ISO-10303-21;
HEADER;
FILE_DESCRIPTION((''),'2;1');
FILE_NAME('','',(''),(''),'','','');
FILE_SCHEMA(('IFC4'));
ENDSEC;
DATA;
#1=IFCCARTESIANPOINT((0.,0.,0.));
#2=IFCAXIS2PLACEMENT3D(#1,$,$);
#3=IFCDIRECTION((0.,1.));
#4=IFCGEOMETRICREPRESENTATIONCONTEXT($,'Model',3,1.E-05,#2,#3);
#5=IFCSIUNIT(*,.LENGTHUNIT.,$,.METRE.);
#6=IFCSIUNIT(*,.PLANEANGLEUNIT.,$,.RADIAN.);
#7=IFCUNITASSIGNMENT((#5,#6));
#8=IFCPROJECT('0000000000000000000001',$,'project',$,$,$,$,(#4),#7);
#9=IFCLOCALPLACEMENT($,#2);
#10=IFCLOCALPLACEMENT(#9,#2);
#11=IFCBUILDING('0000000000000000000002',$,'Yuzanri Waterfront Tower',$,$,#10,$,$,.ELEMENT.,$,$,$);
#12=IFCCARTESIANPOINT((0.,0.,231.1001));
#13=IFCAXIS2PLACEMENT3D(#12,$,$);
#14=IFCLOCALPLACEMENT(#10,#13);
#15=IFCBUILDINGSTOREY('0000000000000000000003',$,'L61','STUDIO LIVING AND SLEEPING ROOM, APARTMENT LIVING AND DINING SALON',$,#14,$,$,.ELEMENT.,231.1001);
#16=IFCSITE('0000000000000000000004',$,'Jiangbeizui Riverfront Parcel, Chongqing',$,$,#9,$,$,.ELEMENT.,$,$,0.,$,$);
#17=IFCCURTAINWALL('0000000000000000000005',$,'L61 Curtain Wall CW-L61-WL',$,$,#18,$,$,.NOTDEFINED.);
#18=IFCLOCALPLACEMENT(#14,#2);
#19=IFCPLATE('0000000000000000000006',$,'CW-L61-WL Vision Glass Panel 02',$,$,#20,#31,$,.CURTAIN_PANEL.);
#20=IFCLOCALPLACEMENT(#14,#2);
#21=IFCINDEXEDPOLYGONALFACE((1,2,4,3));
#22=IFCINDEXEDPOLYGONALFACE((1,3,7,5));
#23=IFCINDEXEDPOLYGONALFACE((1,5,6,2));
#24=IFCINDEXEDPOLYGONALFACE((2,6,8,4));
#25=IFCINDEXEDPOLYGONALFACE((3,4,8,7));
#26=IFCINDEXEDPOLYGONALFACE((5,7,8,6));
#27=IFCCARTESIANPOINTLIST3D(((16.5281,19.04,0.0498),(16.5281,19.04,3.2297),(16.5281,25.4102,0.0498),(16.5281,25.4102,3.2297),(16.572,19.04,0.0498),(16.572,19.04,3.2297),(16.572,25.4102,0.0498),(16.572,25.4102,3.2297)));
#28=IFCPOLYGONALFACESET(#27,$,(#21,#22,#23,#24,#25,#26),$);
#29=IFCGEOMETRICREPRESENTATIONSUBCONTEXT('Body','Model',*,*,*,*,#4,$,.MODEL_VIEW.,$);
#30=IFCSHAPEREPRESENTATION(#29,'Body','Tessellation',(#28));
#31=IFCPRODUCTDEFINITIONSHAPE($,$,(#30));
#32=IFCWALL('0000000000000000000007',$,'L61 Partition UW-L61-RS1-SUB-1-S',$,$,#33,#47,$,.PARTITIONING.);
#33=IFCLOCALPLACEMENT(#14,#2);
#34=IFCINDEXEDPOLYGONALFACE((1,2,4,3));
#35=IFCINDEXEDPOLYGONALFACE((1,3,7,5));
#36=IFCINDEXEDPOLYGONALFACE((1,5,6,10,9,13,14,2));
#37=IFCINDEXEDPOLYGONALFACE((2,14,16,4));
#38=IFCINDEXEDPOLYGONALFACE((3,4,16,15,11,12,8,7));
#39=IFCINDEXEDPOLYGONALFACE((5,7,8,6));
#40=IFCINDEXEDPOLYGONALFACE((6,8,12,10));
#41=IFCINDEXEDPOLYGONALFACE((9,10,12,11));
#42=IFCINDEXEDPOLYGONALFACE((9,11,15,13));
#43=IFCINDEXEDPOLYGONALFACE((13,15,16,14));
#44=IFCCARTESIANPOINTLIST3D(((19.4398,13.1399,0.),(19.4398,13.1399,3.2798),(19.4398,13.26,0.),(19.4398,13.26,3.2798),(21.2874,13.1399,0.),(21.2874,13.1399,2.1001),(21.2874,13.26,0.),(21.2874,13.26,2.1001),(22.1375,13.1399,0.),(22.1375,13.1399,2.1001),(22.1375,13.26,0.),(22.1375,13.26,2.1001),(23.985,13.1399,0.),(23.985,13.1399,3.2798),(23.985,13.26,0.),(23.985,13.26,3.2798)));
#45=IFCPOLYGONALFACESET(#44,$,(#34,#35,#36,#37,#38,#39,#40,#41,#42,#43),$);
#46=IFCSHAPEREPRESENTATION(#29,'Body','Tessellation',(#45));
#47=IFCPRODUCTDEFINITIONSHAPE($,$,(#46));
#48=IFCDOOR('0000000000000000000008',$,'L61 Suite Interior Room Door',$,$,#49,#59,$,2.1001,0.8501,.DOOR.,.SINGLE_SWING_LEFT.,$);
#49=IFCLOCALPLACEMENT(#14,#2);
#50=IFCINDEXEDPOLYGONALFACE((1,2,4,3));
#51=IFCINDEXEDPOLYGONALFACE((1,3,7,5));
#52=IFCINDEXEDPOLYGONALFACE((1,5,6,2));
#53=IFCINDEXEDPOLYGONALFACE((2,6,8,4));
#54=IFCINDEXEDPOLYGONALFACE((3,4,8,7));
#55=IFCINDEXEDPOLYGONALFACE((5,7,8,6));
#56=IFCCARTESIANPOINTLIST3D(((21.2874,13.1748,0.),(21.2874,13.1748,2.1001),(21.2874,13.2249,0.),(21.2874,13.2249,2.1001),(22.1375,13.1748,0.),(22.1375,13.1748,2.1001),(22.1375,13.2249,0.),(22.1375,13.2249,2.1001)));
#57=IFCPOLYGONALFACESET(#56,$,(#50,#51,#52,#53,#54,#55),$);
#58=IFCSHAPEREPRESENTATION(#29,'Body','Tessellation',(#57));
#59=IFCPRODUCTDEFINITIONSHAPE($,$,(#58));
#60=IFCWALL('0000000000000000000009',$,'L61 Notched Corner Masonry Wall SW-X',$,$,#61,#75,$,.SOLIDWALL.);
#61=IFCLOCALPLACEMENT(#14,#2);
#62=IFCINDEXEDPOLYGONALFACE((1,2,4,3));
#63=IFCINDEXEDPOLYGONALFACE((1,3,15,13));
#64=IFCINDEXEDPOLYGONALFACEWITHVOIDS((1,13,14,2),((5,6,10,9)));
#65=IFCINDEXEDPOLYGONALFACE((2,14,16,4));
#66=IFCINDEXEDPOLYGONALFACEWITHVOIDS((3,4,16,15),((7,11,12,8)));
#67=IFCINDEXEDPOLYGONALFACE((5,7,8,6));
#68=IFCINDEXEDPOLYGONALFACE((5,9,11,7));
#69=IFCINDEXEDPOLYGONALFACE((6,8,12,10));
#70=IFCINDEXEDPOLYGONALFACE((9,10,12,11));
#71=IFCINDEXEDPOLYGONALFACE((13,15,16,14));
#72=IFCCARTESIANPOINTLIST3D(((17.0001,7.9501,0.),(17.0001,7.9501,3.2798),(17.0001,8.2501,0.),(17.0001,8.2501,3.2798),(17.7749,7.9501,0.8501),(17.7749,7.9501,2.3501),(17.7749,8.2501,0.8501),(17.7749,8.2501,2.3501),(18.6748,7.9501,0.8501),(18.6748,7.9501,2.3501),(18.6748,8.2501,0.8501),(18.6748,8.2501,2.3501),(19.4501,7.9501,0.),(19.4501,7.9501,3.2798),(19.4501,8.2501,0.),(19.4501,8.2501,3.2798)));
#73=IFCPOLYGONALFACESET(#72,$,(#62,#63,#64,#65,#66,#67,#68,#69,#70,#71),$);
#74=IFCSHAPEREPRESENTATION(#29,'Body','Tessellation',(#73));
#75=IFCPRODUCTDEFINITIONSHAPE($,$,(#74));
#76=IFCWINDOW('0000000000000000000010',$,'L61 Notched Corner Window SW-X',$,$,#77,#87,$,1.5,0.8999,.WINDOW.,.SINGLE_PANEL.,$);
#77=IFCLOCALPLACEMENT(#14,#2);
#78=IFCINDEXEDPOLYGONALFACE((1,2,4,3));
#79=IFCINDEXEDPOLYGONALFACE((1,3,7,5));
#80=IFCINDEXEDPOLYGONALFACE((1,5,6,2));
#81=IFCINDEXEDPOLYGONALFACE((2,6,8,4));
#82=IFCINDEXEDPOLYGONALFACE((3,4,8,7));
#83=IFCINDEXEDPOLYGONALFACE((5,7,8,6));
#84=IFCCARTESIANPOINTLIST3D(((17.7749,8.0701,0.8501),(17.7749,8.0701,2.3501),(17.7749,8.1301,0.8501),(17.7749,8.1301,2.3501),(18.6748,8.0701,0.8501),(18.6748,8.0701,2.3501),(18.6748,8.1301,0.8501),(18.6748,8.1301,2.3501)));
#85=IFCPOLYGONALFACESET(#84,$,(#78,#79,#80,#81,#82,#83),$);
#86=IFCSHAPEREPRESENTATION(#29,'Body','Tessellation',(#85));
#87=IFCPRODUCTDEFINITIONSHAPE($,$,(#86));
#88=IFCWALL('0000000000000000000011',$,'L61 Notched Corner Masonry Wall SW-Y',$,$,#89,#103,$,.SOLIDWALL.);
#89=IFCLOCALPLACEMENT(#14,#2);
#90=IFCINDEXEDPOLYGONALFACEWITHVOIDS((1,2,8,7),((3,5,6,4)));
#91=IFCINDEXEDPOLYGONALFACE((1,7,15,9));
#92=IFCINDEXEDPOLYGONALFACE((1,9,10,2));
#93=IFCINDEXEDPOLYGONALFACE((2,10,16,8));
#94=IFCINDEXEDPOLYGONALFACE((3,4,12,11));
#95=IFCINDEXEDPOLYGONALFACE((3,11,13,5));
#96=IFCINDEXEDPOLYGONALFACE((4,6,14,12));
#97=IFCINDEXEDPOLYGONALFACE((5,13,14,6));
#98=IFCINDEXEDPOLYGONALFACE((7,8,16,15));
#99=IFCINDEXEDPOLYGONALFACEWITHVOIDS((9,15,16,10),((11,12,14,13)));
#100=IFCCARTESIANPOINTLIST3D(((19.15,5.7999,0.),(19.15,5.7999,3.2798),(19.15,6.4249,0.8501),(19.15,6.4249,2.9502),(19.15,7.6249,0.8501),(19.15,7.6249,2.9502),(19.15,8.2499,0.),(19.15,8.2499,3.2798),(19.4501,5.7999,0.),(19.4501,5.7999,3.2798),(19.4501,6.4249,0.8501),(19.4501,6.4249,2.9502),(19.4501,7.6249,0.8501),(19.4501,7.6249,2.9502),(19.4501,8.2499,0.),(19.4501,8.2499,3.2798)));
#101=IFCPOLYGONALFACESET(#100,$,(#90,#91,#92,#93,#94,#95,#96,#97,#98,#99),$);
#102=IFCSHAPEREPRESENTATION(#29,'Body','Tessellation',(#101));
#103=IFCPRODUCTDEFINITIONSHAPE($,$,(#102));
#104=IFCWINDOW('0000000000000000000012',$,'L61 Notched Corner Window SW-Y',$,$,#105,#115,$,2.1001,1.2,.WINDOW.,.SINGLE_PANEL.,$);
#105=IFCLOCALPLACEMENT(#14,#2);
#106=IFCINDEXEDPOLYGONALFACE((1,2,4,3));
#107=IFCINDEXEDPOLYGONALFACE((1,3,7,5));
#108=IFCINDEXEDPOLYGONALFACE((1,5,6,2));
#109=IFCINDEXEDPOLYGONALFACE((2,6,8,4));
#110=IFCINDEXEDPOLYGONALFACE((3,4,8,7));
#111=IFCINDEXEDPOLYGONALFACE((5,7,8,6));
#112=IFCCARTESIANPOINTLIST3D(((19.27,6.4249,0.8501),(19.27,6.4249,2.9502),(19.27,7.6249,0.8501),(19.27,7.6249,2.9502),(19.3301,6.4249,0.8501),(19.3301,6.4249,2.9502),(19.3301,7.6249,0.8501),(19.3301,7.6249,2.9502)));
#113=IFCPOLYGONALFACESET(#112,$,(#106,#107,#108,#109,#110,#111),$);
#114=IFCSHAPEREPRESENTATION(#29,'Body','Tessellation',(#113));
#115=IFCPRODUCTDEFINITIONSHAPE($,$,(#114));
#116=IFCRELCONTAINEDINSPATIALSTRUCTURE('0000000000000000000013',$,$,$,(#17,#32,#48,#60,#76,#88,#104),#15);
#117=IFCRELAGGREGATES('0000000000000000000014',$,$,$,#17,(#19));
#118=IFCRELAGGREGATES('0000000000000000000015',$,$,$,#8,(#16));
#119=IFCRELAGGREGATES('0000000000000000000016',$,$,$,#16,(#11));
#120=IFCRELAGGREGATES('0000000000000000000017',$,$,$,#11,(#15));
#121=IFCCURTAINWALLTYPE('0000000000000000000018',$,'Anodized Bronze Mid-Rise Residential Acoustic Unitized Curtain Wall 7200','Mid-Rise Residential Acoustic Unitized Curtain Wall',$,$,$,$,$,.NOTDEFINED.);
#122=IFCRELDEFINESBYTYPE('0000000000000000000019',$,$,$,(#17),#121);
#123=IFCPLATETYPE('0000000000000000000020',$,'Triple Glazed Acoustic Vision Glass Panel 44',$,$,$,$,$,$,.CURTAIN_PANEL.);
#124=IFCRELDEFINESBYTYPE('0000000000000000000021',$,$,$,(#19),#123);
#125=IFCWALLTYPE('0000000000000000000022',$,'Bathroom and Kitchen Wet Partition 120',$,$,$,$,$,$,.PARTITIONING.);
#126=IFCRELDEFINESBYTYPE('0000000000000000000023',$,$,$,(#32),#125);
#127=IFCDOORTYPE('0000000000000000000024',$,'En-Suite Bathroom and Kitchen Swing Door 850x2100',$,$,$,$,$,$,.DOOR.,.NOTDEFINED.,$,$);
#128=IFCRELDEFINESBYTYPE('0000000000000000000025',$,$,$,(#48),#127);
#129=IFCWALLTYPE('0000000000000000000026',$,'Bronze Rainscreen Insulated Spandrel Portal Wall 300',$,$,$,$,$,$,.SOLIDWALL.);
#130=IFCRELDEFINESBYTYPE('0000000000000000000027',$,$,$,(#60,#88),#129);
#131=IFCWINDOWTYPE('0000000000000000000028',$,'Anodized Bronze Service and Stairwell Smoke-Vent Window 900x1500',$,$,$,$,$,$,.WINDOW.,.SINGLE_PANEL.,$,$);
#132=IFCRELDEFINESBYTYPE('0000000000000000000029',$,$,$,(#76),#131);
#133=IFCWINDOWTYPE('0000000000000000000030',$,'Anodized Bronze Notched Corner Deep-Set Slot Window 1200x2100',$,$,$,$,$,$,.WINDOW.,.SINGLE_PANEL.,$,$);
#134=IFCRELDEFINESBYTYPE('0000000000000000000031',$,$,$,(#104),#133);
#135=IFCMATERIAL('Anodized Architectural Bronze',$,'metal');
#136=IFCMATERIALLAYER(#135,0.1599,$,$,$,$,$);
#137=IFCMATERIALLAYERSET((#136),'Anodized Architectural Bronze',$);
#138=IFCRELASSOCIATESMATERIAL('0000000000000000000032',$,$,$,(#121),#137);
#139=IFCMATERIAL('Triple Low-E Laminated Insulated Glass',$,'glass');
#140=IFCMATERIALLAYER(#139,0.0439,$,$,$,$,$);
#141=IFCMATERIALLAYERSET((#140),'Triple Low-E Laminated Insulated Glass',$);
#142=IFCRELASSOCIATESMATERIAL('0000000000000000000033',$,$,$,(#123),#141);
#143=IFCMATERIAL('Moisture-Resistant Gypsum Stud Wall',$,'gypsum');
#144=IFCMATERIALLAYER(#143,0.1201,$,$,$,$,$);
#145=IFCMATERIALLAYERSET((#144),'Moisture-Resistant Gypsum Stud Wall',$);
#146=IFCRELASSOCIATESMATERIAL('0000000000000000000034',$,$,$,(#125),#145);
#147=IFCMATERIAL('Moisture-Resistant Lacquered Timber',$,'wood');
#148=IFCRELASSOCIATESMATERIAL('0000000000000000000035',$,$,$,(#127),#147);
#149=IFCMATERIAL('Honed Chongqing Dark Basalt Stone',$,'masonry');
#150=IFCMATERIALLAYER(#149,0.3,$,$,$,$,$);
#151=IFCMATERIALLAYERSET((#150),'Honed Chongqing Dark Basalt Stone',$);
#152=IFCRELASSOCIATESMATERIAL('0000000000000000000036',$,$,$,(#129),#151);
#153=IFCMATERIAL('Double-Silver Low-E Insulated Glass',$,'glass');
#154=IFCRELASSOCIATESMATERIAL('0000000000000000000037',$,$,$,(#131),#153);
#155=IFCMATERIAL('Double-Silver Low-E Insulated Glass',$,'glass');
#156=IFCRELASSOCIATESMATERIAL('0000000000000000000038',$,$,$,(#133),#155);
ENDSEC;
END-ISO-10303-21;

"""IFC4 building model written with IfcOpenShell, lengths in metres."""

from ifc_helpers import new_model, si_unit, direction, frame, frame_2d, origin, origin_2d, place, context, subcontext, project, spatial, rectangle, extrude, source, transform, mapped, material, layer, layer_set, type_object, element, fill, aggregate, save


model = new_model("IFC4")

# Units and contexts
model_context = context("Model", 3, precision=1e-05, world=origin(), true_north=direction((0.0, 1.0)))
body_context = subcontext(model_context, "Body", "Model", "MODEL_VIEW")
ifc_project = project(units=[si_unit("LENGTHUNIT", "METRE"), si_unit("PLANEANGLEUNIT", "RADIAN")], contexts=[model_context])

# Site, building, storey
site_placement = place(None, origin())
site = spatial("IfcSite", under=ifc_project, at=site_placement, Name="Jiangbeizui Riverfront Parcel, Chongqing", CompositionType="ELEMENT", RefElevation=0.0)
building_placement = place(site_placement, origin())
building = spatial("IfcBuilding", under=site, at=building_placement, Name="Yuzanri Waterfront Tower", CompositionType="ELEMENT")
storey_placement = place(building_placement, frame((0.0, 0.0, 231.1001)))
storey = spatial("IfcBuildingStorey", under=building, at=storey_placement, Name="L61", Description="STUDIO LIVING AND SLEEPING ROOM, APARTMENT LIVING AND DINING SALON", CompositionType="ELEMENT", Elevation=231.1001)

# Shared definitions
ifc_material_1 = material(Name="Anodized Architectural Bronze", Category="metal")
ifc_layer_1 = layer(ifc_material_1, 0.1599)
ifc_layer_set_1 = layer_set([ifc_layer_1], Name="Anodized Architectural Bronze")
curtain_wall_type = type_object("IfcCurtainWallType", Name="Anodized Bronze Mid-Rise Residential Acoustic Unitized Curtain Wall 7200", Description="Mid-Rise Residential Acoustic Unitized Curtain Wall", PredefinedType="NOTDEFINED", material=ifc_layer_set_1)

# Curtain wall, plate
curtain_wall_1_placement = place(storey_placement, origin())
curtain_wall_1 = element("IfcCurtainWall", 1, at=curtain_wall_1_placement, inside=storey, type_object=curtain_wall_type, Name="L61 Curtain Wall CW-L61-WL", PredefinedType="NOTDEFINED")
ifc_material_2 = material(Name="Triple Low-E Laminated Insulated Glass", Category="glass")
ifc_layer_2 = layer(ifc_material_2, 0.0439)
ifc_layer_set_2 = layer_set([ifc_layer_2], Name="Triple Low-E Laminated Insulated Glass")
plate_type_1 = type_object("IfcPlateType", Name="Triple Glazed Acoustic Vision Glass Panel 44", PredefinedType="CURTAIN_PANEL", material=ifc_layer_set_2)
shared_shape_1 = source(origin(), body_context, "Body", "SweptSolid", [
    extrude(rectangle(XDim=6.3701, YDim=0.0439, at=origin_2d()), origin(), (0.0, 0.0, 1.0), 3.1799),
])
plate_1_placement = place(storey_placement, frame((16.55, 22.2251, 0.0498), z_axis=(0.0, 0.0, 1.0), x_axis=(0.0, 1.0, 0.0)))
plate_1 = element("IfcPlate", 2, at=plate_1_placement, type_object=plate_type_1, Name="CW-L61-WL Vision Glass Panel 02", PredefinedType="CURTAIN_PANEL", context=body_context, shape_type="MappedRepresentation", body=[
    mapped(shared_shape_1, transform((0.0, 0.0, 0.0), scale=1.0)),
])
aggregate(curtain_wall_1, [plate_1])

# Wall, opening, door
ifc_material_3 = material(Name="Moisture-Resistant Gypsum Stud Wall", Category="gypsum")
ifc_layer_3 = layer(ifc_material_3, 0.1201)
ifc_layer_set_3 = layer_set([ifc_layer_3], Name="Moisture-Resistant Gypsum Stud Wall")
wall_type_1 = type_object("IfcWallType", Name="Bathroom and Kitchen Wet Partition 120", PredefinedType="PARTITIONING", material=ifc_layer_set_3)
wall_1_placement = place(storey_placement, frame((19.4399, 13.2, 0.0), z_axis=(0.0, 0.0, 1.0), x_axis=(1.0, 0.0, 0.0)))
wall_1 = element("IfcWall", 3, at=wall_1_placement, inside=storey, type_object=wall_type_1, Name="L61 Partition UW-L61-RS1-SUB-1-S", PredefinedType="PARTITIONING", context=body_context, shape_type="SweptSolid", body=[
    extrude(rectangle(XDim=4.5452, YDim=0.1201, at=frame_2d((2.2725, 0.0))), origin(), (0.0, 0.0, 1.0), 3.2798),
])
opening_1_placement = place(wall_1_placement, frame((1.8474, 0.0, 0.0)))
opening_1 = element("IfcOpeningElement", 4, at=opening_1_placement, cuts=wall_1, PredefinedType="OPENING", context=body_context, shape_type="SweptSolid", body=[
    extrude(rectangle(XDim=0.8501, YDim=2.1001, at=frame_2d((0.425, 1.05))), frame((0.0, 0.075, 0.0), z_axis=(0.0, -1.0, 0.0), x_axis=(1.0, 0.0, 0.0)), (0.0, 0.0, 1.0), 0.1499),
])
ifc_material_4 = material(Name="Moisture-Resistant Lacquered Timber", Category="wood")
door_type_1 = type_object("IfcDoorType", Name="En-Suite Bathroom and Kitchen Swing Door 850x2100", OperationType="NOTDEFINED", PredefinedType="DOOR", material=ifc_material_4)
shared_shape_2 = source(origin(), body_context, "Body", "SweptSolid", [
    extrude(rectangle(XDim=0.8501, YDim=2.1001, at=frame_2d((0.425, 1.05))), frame((0.0, 0.0249, 0.0), z_axis=(0.0, -1.0, 0.0), x_axis=(1.0, 0.0, 0.0)), (0.0, 0.0, 1.0), 0.05),
])
door_1_placement = place(opening_1_placement, origin())
door_1 = element("IfcDoor", 5, at=door_1_placement, inside=storey, type_object=door_type_1, Name="L61 Suite Interior Room Door", OperationType="SINGLE_SWING_LEFT", OverallHeight=2.1001, OverallWidth=0.8501, PredefinedType="DOOR", context=body_context, shape_type="MappedRepresentation", body=[
    mapped(shared_shape_2, transform((0.0, 0.0, 0.0), scale=1.0)),
])
fill(opening_1, door_1)

# Walls, openings, windows
ifc_material_5 = material(Name="Honed Chongqing Dark Basalt Stone", Category="masonry")
ifc_layer_4 = layer(ifc_material_5, 0.3)
ifc_layer_set_4 = layer_set([ifc_layer_4], Name="Honed Chongqing Dark Basalt Stone")
wall_type_2 = type_object("IfcWallType", Name="Bronze Rainscreen Insulated Spandrel Portal Wall 300", PredefinedType="SOLIDWALL", material=ifc_layer_set_4)
wall_2_placement = place(storey_placement, frame((17.0, 8.1001, 0.0), z_axis=(0.0, 0.0, 1.0), x_axis=(1.0, 0.0, 0.0)))
wall_2 = element("IfcWall", 6, at=wall_2_placement, inside=storey, type_object=wall_type_2, Name="L61 Notched Corner Masonry Wall SW-X", PredefinedType="SOLIDWALL", context=body_context, shape_type="SweptSolid", body=[
    extrude(rectangle(XDim=2.45, YDim=0.3, at=frame_2d((1.2251, 0.0))), origin(), (0.0, 0.0, 1.0), 3.2798),
])
opening_2_placement = place(wall_2_placement, frame((0.7749, 0.0, 0.8501)))
opening_2 = element("IfcOpeningElement", 7, at=opening_2_placement, cuts=wall_2, PredefinedType="OPENING", context=body_context, shape_type="SweptSolid", body=[
    extrude(rectangle(XDim=0.8999, YDim=1.5, at=frame_2d((0.45, 0.75))), frame((0.0, 0.165, 0.0), z_axis=(0.0, -1.0, 0.0), x_axis=(1.0, 0.0, 0.0)), (0.0, 0.0, 1.0), 0.3298),
])
ifc_material_6 = material(Name="Double-Silver Low-E Insulated Glass", Category="glass")
window_type_1 = type_object("IfcWindowType", Name="Anodized Bronze Service and Stairwell Smoke-Vent Window 900x1500", PartitioningType="SINGLE_PANEL", PredefinedType="WINDOW", material=ifc_material_6)
shared_shape_3 = source(origin(), body_context, "Body", "SweptSolid", [
    extrude(rectangle(XDim=0.8999, YDim=1.5, at=frame_2d((0.45, 0.75))), frame((0.0, 0.03, 0.0), z_axis=(0.0, -1.0, 0.0), x_axis=(1.0, 0.0, 0.0)), (0.0, 0.0, 1.0), 0.0601),
])
window_1_placement = place(opening_2_placement, origin())
window_1 = element("IfcWindow", 8, at=window_1_placement, inside=storey, type_object=window_type_1, Name="L61 Notched Corner Window SW-X", OverallHeight=1.5, OverallWidth=0.8999, PartitioningType="SINGLE_PANEL", PredefinedType="WINDOW", context=body_context, shape_type="MappedRepresentation", body=[
    mapped(shared_shape_3, transform((0.0, 0.0, 0.0), scale=1.0)),
])
fill(opening_2, window_1)
wall_3_placement = place(storey_placement, frame((19.3, 8.25, 0.0), z_axis=(0.0, 0.0, 1.0), x_axis=(0.0, -1.0, 0.0)))
wall_3 = element("IfcWall", 9, at=wall_3_placement, inside=storey, type_object=wall_type_2, Name="L61 Notched Corner Masonry Wall SW-Y", PredefinedType="SOLIDWALL", context=body_context, shape_type="SweptSolid", body=[
    extrude(rectangle(XDim=2.45, YDim=0.3, at=frame_2d((1.2251, 0.0))), origin(), (0.0, 0.0, 1.0), 3.2798),
])
opening_3_placement = place(wall_3_placement, frame((0.625, 0.0, 0.8501)))
opening_3 = element("IfcOpeningElement", 10, at=opening_3_placement, cuts=wall_3, PredefinedType="OPENING", context=body_context, shape_type="SweptSolid", body=[
    extrude(rectangle(XDim=1.2, YDim=2.1001, at=frame_2d((0.6001, 1.05))), frame((0.0, 0.165, 0.0), z_axis=(0.0, -1.0, 0.0), x_axis=(1.0, 0.0, 0.0)), (0.0, 0.0, 1.0), 0.3298),
])
ifc_material_7 = material(Name="Double-Silver Low-E Insulated Glass", Category="glass")
window_type_2 = type_object("IfcWindowType", Name="Anodized Bronze Notched Corner Deep-Set Slot Window 1200x2100", PartitioningType="SINGLE_PANEL", PredefinedType="WINDOW", material=ifc_material_7)
shared_shape_4 = source(origin(), body_context, "Body", "SweptSolid", [
    extrude(rectangle(XDim=1.2, YDim=2.1001, at=frame_2d((0.6001, 1.05))), frame((0.0, 0.03, 0.0), z_axis=(0.0, -1.0, 0.0), x_axis=(1.0, 0.0, 0.0)), (0.0, 0.0, 1.0), 0.0601),
])
window_2_placement = place(opening_3_placement, origin())
window_2 = element("IfcWindow", 11, at=window_2_placement, inside=storey, type_object=window_type_2, Name="L61 Notched Corner Window SW-Y", OverallHeight=2.1001, OverallWidth=1.2, PartitioningType="SINGLE_PANEL", PredefinedType="WINDOW", context=body_context, shape_type="MappedRepresentation", body=[
    mapped(shared_shape_4, transform((0.0, 0.0, 0.0), scale=1.0)),
])
fill(opening_3, window_2)

save(model, "model.ifc")
